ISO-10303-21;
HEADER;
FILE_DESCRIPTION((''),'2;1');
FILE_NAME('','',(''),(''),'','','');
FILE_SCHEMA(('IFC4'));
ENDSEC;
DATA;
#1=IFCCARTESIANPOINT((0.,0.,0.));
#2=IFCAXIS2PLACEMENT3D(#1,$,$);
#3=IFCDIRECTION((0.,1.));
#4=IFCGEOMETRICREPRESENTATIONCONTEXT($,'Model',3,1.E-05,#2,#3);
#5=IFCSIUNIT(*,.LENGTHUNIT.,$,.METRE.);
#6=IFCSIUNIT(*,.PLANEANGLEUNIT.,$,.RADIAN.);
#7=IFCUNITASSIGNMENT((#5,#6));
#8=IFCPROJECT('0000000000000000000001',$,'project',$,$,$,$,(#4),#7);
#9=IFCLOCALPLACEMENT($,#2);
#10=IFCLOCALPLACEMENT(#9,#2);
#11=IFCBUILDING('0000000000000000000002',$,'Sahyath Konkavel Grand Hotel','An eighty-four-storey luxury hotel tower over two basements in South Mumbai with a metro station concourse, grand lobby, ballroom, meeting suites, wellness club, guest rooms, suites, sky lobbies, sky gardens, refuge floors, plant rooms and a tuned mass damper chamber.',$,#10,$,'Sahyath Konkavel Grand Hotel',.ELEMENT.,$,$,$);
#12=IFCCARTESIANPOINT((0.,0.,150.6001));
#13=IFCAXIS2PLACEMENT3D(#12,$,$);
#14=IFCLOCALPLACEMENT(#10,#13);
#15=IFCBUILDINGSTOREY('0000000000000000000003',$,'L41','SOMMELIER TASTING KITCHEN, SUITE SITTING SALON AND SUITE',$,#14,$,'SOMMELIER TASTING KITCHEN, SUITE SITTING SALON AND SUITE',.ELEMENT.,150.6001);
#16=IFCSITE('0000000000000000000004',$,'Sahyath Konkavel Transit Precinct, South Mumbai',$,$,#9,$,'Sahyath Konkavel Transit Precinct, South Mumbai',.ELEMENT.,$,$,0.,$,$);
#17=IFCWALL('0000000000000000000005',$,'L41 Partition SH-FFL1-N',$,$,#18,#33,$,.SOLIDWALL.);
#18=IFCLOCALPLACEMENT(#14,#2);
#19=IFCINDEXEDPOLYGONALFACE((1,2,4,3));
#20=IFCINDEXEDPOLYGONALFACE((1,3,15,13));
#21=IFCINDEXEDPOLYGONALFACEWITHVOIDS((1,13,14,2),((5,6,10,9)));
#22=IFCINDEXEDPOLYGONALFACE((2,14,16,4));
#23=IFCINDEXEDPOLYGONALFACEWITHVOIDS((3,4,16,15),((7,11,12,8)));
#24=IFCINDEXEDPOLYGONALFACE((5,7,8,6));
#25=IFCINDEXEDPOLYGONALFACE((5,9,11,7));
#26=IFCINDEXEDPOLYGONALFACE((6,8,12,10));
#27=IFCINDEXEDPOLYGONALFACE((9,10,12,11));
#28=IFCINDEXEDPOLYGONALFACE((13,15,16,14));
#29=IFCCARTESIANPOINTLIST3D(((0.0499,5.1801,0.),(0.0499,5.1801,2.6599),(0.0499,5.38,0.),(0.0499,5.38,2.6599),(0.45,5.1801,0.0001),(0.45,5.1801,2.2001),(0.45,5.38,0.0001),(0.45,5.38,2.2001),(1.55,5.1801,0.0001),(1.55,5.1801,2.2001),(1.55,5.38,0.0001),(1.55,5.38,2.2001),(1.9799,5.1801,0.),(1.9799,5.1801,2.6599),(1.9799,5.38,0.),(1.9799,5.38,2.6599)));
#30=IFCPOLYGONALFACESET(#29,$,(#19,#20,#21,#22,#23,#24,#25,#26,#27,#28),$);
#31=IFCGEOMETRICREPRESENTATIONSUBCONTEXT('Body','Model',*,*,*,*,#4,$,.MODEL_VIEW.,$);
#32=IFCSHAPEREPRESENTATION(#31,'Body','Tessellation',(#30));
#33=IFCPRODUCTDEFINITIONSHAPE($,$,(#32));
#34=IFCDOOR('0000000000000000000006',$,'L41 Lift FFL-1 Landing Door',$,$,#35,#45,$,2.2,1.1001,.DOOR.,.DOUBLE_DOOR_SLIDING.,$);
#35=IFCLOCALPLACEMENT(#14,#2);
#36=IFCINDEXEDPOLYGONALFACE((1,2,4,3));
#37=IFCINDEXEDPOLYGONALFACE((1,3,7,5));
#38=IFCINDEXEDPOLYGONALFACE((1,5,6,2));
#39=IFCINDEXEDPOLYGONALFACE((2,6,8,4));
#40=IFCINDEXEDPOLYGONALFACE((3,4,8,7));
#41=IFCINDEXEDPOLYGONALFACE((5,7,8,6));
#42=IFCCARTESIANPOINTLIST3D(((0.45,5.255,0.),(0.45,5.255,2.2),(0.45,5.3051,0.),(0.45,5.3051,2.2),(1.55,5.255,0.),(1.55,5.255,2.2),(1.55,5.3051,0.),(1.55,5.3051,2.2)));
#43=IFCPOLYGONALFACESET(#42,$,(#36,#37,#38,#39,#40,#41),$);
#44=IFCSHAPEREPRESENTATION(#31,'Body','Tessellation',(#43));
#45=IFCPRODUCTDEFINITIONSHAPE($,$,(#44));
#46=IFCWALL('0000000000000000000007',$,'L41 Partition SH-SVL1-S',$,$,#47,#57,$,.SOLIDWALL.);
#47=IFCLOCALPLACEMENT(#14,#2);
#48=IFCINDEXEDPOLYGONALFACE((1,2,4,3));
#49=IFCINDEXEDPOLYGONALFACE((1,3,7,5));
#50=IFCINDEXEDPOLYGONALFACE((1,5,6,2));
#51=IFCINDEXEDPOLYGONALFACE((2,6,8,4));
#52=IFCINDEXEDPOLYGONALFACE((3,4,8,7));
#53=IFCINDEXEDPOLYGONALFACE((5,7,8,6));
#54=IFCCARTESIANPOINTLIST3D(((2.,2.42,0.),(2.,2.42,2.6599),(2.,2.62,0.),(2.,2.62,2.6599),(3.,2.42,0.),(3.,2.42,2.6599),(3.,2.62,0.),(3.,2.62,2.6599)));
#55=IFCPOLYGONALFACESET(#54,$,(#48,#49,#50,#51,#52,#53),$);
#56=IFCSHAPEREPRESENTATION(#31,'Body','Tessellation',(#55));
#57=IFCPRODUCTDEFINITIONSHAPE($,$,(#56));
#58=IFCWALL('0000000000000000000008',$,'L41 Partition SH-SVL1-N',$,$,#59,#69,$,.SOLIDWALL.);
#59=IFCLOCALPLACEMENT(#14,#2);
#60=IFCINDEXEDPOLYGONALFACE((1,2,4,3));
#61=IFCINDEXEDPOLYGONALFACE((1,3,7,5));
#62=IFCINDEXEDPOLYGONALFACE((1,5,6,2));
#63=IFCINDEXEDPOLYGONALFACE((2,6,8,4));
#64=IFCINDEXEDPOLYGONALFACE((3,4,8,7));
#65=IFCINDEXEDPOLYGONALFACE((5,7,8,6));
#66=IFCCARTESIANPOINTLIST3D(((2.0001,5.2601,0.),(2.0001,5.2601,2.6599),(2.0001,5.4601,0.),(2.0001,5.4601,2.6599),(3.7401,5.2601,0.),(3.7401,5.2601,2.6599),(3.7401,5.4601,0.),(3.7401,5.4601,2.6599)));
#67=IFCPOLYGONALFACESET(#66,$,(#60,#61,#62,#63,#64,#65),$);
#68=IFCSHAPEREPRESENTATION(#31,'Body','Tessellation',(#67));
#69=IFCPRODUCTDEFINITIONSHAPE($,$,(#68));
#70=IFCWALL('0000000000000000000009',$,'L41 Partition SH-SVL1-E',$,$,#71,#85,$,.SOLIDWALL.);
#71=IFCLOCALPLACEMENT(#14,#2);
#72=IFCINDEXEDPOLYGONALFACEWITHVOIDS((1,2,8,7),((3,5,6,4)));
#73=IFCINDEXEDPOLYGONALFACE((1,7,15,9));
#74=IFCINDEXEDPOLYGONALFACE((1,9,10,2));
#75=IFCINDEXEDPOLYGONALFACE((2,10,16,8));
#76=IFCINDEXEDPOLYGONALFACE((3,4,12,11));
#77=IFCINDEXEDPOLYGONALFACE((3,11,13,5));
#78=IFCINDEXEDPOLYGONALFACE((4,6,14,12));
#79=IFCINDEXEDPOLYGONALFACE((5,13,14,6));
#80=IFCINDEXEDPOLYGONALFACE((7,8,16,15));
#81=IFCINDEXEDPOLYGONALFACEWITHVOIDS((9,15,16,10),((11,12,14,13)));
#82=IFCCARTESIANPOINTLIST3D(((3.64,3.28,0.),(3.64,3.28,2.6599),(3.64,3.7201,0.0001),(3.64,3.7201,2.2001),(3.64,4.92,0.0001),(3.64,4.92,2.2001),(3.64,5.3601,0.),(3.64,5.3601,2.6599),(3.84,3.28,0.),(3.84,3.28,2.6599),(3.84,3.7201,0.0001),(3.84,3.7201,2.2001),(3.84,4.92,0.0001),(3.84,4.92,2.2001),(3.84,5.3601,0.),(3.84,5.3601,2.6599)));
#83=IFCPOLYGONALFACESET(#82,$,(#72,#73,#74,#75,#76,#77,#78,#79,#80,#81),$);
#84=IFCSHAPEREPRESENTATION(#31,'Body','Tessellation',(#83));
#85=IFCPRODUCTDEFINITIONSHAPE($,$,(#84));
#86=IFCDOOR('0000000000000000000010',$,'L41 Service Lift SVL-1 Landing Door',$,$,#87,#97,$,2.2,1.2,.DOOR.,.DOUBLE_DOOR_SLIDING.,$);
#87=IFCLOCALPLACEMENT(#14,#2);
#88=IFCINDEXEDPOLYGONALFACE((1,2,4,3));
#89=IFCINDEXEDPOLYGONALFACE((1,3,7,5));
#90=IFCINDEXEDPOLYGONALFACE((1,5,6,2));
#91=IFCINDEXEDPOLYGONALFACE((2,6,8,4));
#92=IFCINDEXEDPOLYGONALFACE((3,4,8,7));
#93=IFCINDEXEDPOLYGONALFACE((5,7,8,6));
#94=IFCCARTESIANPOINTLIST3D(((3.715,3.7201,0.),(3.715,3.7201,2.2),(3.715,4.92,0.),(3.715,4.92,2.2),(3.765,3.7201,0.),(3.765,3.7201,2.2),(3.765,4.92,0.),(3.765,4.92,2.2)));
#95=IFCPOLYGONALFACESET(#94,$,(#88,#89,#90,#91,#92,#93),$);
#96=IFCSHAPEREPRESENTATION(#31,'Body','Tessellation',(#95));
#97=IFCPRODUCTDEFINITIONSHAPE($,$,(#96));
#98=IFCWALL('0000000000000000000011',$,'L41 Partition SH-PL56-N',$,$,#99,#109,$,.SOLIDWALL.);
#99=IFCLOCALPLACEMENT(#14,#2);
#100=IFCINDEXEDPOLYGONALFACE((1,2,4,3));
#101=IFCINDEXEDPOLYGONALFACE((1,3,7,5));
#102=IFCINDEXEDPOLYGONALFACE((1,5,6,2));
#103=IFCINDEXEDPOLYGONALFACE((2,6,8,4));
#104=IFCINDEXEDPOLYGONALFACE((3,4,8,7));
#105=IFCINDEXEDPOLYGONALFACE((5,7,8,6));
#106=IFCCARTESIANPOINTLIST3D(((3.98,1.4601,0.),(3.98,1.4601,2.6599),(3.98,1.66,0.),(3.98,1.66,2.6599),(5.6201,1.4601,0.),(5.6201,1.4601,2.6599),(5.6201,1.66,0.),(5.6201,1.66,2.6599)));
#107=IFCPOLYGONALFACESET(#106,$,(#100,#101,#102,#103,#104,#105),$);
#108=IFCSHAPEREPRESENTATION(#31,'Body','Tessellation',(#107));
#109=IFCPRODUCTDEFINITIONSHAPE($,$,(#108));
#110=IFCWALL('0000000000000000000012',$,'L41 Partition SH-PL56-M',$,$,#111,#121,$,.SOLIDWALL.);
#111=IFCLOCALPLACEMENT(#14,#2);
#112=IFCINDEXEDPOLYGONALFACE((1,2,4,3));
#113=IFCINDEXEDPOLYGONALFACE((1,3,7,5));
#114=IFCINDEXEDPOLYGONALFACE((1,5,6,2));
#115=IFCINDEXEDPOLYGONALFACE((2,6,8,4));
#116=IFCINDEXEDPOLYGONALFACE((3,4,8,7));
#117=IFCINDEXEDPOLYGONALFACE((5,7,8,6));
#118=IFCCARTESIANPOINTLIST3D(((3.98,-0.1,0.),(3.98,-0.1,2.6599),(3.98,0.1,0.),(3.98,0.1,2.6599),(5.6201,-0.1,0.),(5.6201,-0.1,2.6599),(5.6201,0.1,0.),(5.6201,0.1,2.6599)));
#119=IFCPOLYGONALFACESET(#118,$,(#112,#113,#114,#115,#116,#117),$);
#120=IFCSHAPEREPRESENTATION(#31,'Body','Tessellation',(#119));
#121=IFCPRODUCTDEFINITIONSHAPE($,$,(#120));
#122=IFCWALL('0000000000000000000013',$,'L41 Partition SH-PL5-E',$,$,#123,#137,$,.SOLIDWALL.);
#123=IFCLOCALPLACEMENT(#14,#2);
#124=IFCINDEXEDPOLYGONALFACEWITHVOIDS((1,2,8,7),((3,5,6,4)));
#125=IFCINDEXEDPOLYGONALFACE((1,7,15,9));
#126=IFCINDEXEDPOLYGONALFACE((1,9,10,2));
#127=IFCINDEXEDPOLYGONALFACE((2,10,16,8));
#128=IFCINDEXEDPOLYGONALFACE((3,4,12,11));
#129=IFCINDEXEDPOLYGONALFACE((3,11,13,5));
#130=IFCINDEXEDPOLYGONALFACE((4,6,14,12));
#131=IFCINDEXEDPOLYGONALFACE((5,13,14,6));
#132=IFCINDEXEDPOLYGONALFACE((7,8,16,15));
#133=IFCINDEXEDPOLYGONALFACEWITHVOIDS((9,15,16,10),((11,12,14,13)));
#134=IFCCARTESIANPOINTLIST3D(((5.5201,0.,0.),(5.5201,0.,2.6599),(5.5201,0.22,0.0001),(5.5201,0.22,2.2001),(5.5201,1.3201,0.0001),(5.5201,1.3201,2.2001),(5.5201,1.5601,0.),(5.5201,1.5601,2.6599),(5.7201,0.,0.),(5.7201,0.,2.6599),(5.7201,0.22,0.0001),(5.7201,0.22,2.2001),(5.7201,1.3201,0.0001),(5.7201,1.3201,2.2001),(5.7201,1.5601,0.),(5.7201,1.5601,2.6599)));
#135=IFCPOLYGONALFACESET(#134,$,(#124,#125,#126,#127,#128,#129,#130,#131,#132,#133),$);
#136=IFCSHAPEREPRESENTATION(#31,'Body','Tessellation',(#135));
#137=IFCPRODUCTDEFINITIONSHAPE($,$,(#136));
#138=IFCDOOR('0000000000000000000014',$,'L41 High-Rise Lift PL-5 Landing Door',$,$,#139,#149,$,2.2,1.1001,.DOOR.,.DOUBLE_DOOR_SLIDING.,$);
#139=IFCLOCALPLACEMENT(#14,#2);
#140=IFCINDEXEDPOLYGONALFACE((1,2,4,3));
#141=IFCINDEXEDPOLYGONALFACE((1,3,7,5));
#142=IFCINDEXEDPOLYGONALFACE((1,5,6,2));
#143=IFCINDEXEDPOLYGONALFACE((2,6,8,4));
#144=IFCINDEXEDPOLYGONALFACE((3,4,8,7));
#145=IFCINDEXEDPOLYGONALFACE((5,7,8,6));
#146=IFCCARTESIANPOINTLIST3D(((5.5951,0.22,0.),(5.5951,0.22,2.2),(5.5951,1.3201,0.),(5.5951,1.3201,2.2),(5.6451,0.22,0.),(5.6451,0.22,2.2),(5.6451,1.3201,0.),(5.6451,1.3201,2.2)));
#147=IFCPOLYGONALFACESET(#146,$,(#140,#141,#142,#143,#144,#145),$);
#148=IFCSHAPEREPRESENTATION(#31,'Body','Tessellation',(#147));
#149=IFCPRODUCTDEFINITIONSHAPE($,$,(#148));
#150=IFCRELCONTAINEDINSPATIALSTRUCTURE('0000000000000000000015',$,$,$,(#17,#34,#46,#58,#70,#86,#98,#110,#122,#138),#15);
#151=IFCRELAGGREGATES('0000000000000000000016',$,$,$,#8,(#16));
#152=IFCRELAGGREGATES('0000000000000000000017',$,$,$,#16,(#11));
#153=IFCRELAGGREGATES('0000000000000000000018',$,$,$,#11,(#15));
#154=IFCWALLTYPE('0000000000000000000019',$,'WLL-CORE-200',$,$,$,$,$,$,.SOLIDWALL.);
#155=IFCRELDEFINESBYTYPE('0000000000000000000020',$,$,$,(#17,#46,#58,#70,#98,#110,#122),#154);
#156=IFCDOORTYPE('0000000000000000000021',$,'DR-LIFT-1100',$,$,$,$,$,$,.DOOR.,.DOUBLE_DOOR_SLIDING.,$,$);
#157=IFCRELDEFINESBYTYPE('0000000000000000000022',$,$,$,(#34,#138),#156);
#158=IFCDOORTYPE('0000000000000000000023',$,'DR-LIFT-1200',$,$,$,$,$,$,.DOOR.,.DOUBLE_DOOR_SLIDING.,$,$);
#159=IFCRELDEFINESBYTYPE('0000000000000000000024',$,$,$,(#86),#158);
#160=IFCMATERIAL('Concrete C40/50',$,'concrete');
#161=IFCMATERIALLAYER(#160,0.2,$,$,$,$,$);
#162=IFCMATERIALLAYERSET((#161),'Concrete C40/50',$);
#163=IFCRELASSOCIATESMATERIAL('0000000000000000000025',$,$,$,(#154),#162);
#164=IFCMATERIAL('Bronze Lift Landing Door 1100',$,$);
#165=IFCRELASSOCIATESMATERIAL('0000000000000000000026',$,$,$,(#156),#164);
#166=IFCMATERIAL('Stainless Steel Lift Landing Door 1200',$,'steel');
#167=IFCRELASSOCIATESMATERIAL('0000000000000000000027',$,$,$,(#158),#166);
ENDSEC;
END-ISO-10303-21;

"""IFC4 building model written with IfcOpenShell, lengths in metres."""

from ifc_helpers import new_model, si_unit, direction, frame, frame_2d, origin, origin_2d, place, context, subcontext, project, spatial, rectangle, extrude, source, transform, mapped, material, layer, layer_set, type_object, element, fill, save


model = new_model("IFC4")

# Units and contexts
model_context = context("Model", 3, precision=1e-05, world=origin(), true_north=direction((0.0, 1.0)))
body_context = subcontext(model_context, "Body", "Model", "MODEL_VIEW")
ifc_project = project(units=[si_unit("LENGTHUNIT", "METRE"), si_unit("PLANEANGLEUNIT", "RADIAN")], contexts=[model_context])

# Site, building, storey
site_placement = place(None, origin())
site = spatial("IfcSite", under=ifc_project, at=site_placement, Name="Sahyath Konkavel Transit Precinct, South Mumbai", LongName="Sahyath Konkavel Transit Precinct, South Mumbai", CompositionType="ELEMENT", RefElevation=0.0)
building_placement = place(site_placement, origin())
building = spatial("IfcBuilding", under=site, at=building_placement, Name="Sahyath Konkavel Grand Hotel", Description="An eighty-four-storey luxury hotel tower over two basements in South Mumbai with a metro station concourse, grand lobby, ballroom, meeting suites, wellness club, guest rooms, suites, sky lobbies, sky gardens, refuge floors, plant rooms and a tuned mass damper chamber.", LongName="Sahyath Konkavel Grand Hotel", CompositionType="ELEMENT")
storey_placement = place(building_placement, frame((0.0, 0.0, 150.6001)))
storey = spatial("IfcBuildingStorey", under=building, at=storey_placement, Name="L41", Description="SOMMELIER TASTING KITCHEN, SUITE SITTING SALON AND SUITE", LongName="SOMMELIER TASTING KITCHEN, SUITE SITTING SALON AND SUITE", CompositionType="ELEMENT", Elevation=150.6001)

# Shared definitions
ifc_material_1 = material(Name="Concrete C40/50", Category="concrete")

# Shared definitions
ifc_layer_1 = layer(ifc_material_1, 0.2)
ifc_layer_set_1 = layer_set([ifc_layer_1], Name="Concrete C40/50")
wall_type_1 = type_object("IfcWallType", Name="WLL-CORE-200", PredefinedType="SOLIDWALL", material=ifc_layer_set_1)

# Wall, opening, door
wall_1_placement = place(storey_placement, frame((0.05, 5.28, 0.0), z_axis=(0.0, 0.0, 1.0), x_axis=(1.0, 0.0, 0.0)))
wall_1 = element("IfcWall", 1, at=wall_1_placement, inside=storey, type_object=wall_type_1, Name="L41 Partition SH-FFL1-N", PredefinedType="SOLIDWALL", context=body_context, shape_type="SweptSolid", body=[
    extrude(rectangle(XDim=1.9299, YDim=0.2, at=frame_2d((0.9648, 0.0))), origin(), (0.0, 0.0, 1.0), 2.6599),
])
opening_1_placement = place(wall_1_placement, frame((0.3999, 0.0, 0.0)))
opening_1 = element("IfcOpeningElement", 2, at=opening_1_placement, cuts=wall_1, PredefinedType="OPENING", context=body_context, shape_type="SweptSolid", body=[
    extrude(rectangle(XDim=1.1001, YDim=2.2, at=frame_2d((0.55, 1.1001))), frame((0.0, 0.1099, 0.0), z_axis=(0.0, -1.0, 0.0), x_axis=(1.0, 0.0, 0.0)), (0.0, 0.0, 1.0), 0.22),
])
ifc_material_2 = material(Name="Bronze Lift Landing Door 1100")
door_type_1 = type_object("IfcDoorType", Name="DR-LIFT-1100", OperationType="DOUBLE_DOOR_SLIDING", PredefinedType="DOOR", material=ifc_material_2)
shared_shape_1 = source(origin(), body_context, "Body", "SweptSolid", [
    extrude(rectangle(XDim=1.1001, YDim=0.05, at=origin_2d()), origin(), (0.0, 0.0, 1.0), 2.2),
])
door_1_placement = place(opening_1_placement, frame((0.55, 0.0, 0.0)))
door_1 = element("IfcDoor", 3, at=door_1_placement, inside=storey, type_object=door_type_1, Name="L41 Lift FFL-1 Landing Door", OperationType="DOUBLE_DOOR_SLIDING", OverallHeight=2.2, OverallWidth=1.1001, PredefinedType="DOOR", context=body_context, shape_type="MappedRepresentation", body=[
    mapped(shared_shape_1, transform((0.0, 0.0, 0.0), scale=1.0)),
])
fill(opening_1, door_1)

# Walls
wall_2_placement = place(storey_placement, frame((2.0, 2.52, 0.0), z_axis=(0.0, 0.0, 1.0), x_axis=(1.0, 0.0, 0.0)))
element("IfcWall", 4, at=wall_2_placement, inside=storey, type_object=wall_type_1, Name="L41 Partition SH-SVL1-S", PredefinedType="SOLIDWALL", context=body_context, shape_type="SweptSolid", body=[
    extrude(rectangle(XDim=1.0, YDim=0.2, at=frame_2d((0.5, 0.0))), origin(), (0.0, 0.0, 1.0), 2.6599),
])
wall_3_placement = place(storey_placement, frame((2.0, 5.3601, 0.0), z_axis=(0.0, 0.0, 1.0), x_axis=(1.0, 0.0, 0.0)))
element("IfcWall", 5, at=wall_3_placement, inside=storey, type_object=wall_type_1, Name="L41 Partition SH-SVL1-N", PredefinedType="SOLIDWALL", context=body_context, shape_type="SweptSolid", body=[
    extrude(rectangle(XDim=1.74, YDim=0.2, at=frame_2d((0.8701, 0.0))), origin(), (0.0, 0.0, 1.0), 2.6599),
])

# Wall, opening, door
wall_4_placement = place(storey_placement, frame((3.74, 3.28, 0.0), z_axis=(0.0, 0.0, 1.0), x_axis=(0.0, 1.0, 0.0)))
wall_4 = element("IfcWall", 6, at=wall_4_placement, inside=storey, type_object=wall_type_1, Name="L41 Partition SH-SVL1-E", PredefinedType="SOLIDWALL", context=body_context, shape_type="SweptSolid", body=[
    extrude(rectangle(XDim=2.0801, YDim=0.2, at=frame_2d((1.04, 0.0))), origin(), (0.0, 0.0, 1.0), 2.6599),
])
opening_2_placement = place(wall_4_placement, frame((0.4399, 0.0, 0.0)))
opening_2 = element("IfcOpeningElement", 7, at=opening_2_placement, cuts=wall_4, PredefinedType="OPENING", context=body_context, shape_type="SweptSolid", body=[
    extrude(rectangle(XDim=1.2, YDim=2.2, at=frame_2d((0.6001, 1.1001))), frame((0.0, 0.1099, 0.0), z_axis=(0.0, -1.0, 0.0), x_axis=(1.0, 0.0, 0.0)), (0.0, 0.0, 1.0), 0.22),
])
ifc_material_3 = material(Name="Stainless Steel Lift Landing Door 1200", Category="steel")
door_type_2 = type_object("IfcDoorType", Name="DR-LIFT-1200", OperationType="DOUBLE_DOOR_SLIDING", PredefinedType="DOOR", material=ifc_material_3)
shared_shape_2 = source(origin(), body_context, "Body", "SweptSolid", [
    extrude(rectangle(XDim=1.2, YDim=0.05, at=origin_2d()), origin(), (0.0, 0.0, 1.0), 2.2),
])
door_2_placement = place(opening_2_placement, frame((0.6001, 0.0, 0.0)))
door_2 = element("IfcDoor", 8, at=door_2_placement, inside=storey, type_object=door_type_2, Name="L41 Service Lift SVL-1 Landing Door", OperationType="DOUBLE_DOOR_SLIDING", OverallHeight=2.2, OverallWidth=1.2, PredefinedType="DOOR", context=body_context, shape_type="MappedRepresentation", body=[
    mapped(shared_shape_2, transform((0.0, 0.0, 0.0), scale=1.0)),
])
fill(opening_2, door_2)

# Walls
for number, where, z_axis, x_axis, name in (
    (9, (3.98, 1.5601, 0.0), (0.0, 0.0, 1.0), (1.0, 0.0, 0.0), "L41 Partition SH-PL56-N"),
    (10, (3.98, 0.0, 0.0), (0.0, 0.0, 1.0), (1.0, 0.0, 0.0), "L41 Partition SH-PL56-M"),
):
    element("IfcWall", number, at=place(storey_placement, frame(where, z_axis=z_axis, x_axis=x_axis)), inside=storey, type_object=wall_type_1, Name=name, PredefinedType="SOLIDWALL", context=body_context, shape_type="SweptSolid", body=[
        extrude(rectangle(XDim=1.6401, YDim=0.2, at=frame_2d((0.8201, 0.0))), origin(), (0.0, 0.0, 1.0), 2.6599),
    ])

# Wall, opening, door
wall_5_placement = place(storey_placement, frame((5.6201, 0.0, 0.0), z_axis=(0.0, 0.0, 1.0), x_axis=(0.0, 1.0, 0.0)))
wall_5 = element("IfcWall", 11, at=wall_5_placement, inside=storey, type_object=wall_type_1, Name="L41 Partition SH-PL5-E", PredefinedType="SOLIDWALL", context=body_context, shape_type="SweptSolid", body=[
    extrude(rectangle(XDim=1.5601, YDim=0.2, at=frame_2d((0.78, 0.0))), origin(), (0.0, 0.0, 1.0), 2.6599),
])
opening_3_placement = place(wall_5_placement, frame((0.22, 0.0, 0.0)))
opening_3 = element("IfcOpeningElement", 12, at=opening_3_placement, cuts=wall_5, PredefinedType="OPENING", context=body_context, shape_type="SweptSolid", body=[
    extrude(rectangle(XDim=1.1001, YDim=2.2, at=frame_2d((0.55, 1.1001))), frame((0.0, 0.1099, 0.0), z_axis=(0.0, -1.0, 0.0), x_axis=(1.0, 0.0, 0.0)), (0.0, 0.0, 1.0), 0.22),
])
door_3_placement = place(opening_3_placement, frame((0.55, 0.0, 0.0)))
door_3 = element("IfcDoor", 13, at=door_3_placement, inside=storey, type_object=door_type_1, Name="L41 High-Rise Lift PL-5 Landing Door", OperationType="DOUBLE_DOOR_SLIDING", OverallHeight=2.2, OverallWidth=1.1001, PredefinedType="DOOR", context=body_context, shape_type="MappedRepresentation", body=[
    mapped(shared_shape_1, transform((0.0, 0.0, 0.0), scale=1.0)),
])
fill(opening_3, door_3)

save(model, "model.ifc")
